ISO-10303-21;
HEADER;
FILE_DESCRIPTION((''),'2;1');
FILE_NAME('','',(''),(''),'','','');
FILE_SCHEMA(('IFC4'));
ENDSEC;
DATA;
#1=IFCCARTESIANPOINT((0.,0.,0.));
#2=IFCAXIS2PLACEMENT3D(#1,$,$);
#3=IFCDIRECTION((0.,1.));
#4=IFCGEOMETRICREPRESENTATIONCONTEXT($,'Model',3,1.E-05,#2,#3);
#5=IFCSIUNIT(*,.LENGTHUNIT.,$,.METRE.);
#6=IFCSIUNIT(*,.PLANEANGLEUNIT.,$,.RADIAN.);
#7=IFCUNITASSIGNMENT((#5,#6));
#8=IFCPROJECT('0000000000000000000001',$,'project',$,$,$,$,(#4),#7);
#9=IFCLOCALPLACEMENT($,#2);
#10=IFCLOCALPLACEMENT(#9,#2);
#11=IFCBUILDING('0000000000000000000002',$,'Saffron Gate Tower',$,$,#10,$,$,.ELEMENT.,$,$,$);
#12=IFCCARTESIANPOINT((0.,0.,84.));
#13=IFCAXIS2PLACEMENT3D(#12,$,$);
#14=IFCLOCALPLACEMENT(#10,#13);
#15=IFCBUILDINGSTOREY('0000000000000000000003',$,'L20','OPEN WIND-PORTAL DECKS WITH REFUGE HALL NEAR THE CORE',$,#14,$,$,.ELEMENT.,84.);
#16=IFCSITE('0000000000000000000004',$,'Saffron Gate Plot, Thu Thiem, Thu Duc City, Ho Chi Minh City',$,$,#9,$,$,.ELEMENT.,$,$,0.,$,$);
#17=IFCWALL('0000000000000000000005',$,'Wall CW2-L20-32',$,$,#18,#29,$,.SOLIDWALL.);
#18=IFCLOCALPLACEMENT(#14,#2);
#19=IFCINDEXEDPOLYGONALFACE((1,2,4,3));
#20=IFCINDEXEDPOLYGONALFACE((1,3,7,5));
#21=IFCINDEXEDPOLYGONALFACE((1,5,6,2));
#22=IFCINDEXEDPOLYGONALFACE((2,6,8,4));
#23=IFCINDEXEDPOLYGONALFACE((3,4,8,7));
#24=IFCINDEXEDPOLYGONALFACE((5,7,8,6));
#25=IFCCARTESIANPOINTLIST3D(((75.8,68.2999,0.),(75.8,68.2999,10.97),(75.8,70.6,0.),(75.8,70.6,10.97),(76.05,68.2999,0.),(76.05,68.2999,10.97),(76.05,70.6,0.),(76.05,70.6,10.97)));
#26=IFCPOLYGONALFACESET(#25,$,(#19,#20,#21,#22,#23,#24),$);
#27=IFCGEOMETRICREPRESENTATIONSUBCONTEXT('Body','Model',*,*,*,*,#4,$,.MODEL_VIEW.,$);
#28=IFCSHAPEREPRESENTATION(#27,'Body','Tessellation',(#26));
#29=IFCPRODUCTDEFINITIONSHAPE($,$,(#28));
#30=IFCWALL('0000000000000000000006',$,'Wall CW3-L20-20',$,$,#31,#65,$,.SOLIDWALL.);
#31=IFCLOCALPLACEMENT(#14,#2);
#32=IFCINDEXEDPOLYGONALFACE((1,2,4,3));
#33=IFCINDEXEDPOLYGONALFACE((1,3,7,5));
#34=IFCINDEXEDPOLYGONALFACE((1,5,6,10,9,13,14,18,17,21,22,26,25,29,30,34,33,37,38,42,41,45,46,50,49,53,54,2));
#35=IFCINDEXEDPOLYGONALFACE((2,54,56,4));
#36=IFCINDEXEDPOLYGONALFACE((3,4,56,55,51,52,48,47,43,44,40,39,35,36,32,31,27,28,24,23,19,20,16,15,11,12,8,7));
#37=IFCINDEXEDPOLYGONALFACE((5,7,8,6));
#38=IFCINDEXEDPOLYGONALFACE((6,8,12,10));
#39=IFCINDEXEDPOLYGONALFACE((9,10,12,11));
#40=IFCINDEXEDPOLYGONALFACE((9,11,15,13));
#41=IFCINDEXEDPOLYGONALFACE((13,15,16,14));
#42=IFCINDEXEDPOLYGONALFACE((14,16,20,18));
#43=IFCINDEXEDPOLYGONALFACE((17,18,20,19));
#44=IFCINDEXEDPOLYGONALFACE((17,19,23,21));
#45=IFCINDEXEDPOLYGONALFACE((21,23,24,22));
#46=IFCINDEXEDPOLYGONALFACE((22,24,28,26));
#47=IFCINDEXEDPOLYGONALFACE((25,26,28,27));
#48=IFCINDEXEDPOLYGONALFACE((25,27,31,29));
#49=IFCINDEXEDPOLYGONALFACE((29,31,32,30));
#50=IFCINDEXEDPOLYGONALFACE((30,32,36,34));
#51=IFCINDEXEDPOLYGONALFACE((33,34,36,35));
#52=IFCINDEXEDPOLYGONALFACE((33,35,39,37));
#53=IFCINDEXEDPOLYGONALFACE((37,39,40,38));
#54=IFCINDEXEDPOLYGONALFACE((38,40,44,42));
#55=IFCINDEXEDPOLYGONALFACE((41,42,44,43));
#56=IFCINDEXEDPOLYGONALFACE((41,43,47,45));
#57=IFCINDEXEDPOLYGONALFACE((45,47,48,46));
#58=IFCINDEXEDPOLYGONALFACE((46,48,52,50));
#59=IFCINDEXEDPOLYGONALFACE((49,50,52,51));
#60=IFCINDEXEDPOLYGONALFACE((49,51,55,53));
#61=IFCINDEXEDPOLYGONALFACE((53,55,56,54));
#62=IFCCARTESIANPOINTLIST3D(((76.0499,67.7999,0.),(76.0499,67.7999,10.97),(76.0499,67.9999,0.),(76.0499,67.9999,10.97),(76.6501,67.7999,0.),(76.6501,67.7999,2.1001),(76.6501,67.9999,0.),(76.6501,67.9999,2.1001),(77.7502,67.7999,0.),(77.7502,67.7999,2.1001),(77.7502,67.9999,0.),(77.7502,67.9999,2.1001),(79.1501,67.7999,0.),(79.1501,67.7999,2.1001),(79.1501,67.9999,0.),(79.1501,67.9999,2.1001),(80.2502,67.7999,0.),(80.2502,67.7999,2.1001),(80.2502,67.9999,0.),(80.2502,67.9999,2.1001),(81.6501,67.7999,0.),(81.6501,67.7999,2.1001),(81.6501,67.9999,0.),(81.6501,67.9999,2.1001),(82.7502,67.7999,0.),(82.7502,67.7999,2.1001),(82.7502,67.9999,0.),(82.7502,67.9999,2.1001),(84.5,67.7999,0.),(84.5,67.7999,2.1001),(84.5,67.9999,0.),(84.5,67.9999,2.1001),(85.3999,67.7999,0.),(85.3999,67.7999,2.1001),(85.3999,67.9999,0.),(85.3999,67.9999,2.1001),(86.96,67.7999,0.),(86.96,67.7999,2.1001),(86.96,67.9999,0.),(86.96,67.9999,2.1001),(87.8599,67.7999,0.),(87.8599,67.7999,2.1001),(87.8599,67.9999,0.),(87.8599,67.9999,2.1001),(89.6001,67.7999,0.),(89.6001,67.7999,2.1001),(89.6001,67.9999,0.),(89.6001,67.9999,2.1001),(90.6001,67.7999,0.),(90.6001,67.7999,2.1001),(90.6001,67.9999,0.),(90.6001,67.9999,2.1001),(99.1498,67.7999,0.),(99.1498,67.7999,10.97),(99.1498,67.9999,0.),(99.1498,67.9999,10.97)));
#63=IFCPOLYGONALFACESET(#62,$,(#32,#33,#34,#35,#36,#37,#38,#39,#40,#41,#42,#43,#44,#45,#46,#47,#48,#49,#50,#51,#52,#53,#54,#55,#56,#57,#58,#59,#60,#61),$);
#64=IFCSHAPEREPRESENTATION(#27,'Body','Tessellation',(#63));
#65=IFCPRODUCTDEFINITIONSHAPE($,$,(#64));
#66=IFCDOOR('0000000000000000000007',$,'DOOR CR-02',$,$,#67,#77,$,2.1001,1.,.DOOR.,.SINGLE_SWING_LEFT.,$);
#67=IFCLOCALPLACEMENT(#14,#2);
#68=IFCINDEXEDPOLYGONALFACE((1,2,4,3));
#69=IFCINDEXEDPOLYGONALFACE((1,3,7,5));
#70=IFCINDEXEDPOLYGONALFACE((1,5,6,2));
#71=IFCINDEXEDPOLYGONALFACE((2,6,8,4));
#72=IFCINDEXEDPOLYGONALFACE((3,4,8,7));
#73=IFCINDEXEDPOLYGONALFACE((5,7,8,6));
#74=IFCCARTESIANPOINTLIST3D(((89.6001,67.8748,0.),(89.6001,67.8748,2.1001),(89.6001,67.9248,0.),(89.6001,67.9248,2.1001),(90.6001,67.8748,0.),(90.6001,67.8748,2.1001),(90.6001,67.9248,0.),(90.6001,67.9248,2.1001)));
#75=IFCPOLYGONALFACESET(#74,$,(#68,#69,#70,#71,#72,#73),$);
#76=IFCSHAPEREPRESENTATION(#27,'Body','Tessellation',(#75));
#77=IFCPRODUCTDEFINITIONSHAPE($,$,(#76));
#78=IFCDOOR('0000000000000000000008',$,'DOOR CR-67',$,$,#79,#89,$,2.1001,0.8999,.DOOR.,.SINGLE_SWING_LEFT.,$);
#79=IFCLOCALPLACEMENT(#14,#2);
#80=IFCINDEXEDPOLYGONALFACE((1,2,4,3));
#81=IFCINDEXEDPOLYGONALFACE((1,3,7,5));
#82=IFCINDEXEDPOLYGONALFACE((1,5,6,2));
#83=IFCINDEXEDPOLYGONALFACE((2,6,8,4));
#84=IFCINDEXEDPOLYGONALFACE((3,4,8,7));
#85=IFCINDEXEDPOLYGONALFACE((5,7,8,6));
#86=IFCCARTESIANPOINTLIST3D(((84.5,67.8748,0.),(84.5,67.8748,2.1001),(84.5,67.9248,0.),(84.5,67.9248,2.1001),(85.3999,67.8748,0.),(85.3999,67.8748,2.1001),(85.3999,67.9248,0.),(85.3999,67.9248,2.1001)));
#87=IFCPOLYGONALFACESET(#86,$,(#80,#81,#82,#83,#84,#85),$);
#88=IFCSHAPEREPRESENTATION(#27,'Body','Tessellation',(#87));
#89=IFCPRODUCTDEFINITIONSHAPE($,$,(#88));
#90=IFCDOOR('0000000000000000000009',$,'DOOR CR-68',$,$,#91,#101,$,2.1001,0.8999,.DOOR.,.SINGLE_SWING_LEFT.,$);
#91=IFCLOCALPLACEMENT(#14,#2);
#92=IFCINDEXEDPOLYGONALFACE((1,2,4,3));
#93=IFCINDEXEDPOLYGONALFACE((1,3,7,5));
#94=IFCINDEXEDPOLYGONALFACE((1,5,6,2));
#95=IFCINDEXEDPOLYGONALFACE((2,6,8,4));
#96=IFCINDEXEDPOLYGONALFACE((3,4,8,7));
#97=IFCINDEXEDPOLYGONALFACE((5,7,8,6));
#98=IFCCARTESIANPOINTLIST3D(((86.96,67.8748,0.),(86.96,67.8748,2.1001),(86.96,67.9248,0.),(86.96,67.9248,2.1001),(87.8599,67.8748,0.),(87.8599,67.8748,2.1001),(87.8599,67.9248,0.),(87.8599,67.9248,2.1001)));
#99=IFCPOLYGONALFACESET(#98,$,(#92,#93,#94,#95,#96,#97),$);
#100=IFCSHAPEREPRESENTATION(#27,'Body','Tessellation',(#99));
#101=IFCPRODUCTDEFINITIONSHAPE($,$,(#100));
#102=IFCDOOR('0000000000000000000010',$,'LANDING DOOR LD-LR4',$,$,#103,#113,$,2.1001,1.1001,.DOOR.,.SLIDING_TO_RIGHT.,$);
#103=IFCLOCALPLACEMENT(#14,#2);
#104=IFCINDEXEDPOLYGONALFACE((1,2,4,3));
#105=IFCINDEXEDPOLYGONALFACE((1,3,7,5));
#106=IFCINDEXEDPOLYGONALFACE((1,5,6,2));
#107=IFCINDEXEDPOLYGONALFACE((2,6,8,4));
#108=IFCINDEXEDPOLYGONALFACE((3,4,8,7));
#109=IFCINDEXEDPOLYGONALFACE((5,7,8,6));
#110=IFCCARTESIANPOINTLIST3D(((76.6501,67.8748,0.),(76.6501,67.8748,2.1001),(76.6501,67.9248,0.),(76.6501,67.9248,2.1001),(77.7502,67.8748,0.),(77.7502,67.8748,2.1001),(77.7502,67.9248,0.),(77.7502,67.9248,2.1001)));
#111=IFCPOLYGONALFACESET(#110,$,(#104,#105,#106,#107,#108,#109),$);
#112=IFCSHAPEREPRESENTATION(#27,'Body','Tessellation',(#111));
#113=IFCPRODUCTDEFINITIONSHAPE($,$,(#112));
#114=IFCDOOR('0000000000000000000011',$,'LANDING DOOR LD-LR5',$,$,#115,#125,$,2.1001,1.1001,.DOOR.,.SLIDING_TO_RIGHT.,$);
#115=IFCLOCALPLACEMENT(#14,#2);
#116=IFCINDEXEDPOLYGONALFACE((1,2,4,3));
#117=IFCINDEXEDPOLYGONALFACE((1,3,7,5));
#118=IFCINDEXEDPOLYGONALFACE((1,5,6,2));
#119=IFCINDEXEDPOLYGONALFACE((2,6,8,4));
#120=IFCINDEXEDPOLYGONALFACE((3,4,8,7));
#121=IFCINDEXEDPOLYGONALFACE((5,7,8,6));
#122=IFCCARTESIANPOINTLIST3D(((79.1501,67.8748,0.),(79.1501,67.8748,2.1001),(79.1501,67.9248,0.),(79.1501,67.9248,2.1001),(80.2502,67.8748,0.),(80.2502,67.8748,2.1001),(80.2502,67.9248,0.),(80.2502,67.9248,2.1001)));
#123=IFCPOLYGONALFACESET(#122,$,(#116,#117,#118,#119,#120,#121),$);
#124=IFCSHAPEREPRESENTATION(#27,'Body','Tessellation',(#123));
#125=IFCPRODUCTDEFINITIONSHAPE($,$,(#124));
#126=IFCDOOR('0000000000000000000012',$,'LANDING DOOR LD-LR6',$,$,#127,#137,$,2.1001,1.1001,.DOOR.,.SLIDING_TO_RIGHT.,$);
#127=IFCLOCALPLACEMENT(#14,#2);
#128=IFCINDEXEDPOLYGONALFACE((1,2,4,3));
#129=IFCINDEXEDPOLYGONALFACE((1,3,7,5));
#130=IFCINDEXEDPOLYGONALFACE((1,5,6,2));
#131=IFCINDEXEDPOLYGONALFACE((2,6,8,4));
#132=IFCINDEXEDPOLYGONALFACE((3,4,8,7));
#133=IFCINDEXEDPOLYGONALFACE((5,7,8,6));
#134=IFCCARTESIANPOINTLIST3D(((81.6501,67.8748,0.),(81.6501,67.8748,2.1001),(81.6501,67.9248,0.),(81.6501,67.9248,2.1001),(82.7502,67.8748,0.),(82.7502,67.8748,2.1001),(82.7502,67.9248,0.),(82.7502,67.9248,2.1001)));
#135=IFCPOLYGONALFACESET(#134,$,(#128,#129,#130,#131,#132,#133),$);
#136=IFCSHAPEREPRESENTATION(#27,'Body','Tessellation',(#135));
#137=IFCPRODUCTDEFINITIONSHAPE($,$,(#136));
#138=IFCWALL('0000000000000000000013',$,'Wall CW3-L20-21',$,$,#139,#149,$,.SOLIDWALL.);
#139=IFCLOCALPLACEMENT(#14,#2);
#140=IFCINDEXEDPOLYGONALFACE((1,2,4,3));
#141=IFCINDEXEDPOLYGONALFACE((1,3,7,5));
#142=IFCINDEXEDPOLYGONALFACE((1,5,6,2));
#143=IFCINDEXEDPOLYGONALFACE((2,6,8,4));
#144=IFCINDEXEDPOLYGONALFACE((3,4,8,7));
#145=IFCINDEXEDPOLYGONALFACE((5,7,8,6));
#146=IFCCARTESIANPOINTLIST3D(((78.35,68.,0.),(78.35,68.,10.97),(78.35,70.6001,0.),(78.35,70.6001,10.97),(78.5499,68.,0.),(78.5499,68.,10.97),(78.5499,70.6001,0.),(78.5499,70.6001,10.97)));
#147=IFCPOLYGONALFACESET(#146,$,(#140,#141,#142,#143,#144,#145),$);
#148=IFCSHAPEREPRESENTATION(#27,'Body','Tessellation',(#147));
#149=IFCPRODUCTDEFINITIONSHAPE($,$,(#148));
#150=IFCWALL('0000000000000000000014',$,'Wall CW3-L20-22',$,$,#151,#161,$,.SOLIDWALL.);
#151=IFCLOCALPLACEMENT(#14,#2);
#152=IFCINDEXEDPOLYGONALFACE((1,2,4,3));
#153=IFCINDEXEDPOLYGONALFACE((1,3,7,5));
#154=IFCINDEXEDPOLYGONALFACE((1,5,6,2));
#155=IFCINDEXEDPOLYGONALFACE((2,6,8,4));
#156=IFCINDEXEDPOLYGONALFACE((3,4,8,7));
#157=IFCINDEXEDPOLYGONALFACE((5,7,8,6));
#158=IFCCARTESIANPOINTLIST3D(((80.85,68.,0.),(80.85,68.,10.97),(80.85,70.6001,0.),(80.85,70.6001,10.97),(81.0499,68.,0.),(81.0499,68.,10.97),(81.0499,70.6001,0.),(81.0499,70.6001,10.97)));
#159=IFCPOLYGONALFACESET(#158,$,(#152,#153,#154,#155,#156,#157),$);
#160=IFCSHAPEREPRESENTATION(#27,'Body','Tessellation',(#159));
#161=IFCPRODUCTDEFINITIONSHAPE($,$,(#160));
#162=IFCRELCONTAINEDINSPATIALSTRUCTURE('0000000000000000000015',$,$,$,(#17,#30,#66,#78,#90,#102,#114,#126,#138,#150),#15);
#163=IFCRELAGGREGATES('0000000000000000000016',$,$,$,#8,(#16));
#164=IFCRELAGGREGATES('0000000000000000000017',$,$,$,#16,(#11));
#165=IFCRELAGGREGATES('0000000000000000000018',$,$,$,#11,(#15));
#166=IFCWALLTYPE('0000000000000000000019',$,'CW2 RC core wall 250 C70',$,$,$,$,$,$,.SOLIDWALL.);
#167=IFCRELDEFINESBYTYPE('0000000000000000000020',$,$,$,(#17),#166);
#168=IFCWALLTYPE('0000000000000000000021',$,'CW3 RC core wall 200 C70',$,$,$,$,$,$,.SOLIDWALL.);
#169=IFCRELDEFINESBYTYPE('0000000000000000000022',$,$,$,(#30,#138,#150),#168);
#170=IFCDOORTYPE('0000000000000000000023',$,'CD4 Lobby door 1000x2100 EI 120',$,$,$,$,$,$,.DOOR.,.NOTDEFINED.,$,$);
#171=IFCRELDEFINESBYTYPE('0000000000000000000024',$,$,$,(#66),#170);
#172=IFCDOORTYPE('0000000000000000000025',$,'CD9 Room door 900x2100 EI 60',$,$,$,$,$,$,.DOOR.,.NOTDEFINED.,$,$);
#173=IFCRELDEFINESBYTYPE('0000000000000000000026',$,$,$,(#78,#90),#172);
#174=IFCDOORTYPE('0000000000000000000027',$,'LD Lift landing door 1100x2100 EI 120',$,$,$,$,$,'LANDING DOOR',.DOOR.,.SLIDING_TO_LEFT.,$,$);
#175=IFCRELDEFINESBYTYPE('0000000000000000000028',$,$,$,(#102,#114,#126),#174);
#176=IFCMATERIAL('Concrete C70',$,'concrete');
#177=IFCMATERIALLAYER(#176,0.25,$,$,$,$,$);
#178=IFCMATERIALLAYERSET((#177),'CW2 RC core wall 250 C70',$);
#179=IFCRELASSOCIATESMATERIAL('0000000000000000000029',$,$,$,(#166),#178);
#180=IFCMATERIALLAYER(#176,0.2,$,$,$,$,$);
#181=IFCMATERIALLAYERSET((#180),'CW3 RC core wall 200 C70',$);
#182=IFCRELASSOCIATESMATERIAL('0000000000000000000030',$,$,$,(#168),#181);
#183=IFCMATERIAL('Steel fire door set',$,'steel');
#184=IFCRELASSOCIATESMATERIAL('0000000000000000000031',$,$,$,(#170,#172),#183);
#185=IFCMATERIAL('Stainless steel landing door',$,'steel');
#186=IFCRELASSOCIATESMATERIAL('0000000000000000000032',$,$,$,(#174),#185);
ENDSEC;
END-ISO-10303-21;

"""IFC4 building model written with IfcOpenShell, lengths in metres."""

from ifc_helpers import new_model, si_unit, direction, frame, frame_2d, origin, place, context, subcontext, project, spatial, rectangle, extrude, material, layer, layer_set, type_object, element, fill, save


model = new_model("IFC4")

# Units and contexts
model_context = context("Model", 3, precision=1e-05, world=origin(), true_north=direction((0.0, 1.0)))
body_context = subcontext(model_context, "Body", "Model", "MODEL_VIEW")
ifc_project = project(units=[si_unit("LENGTHUNIT", "METRE"), si_unit("PLANEANGLEUNIT", "RADIAN")], contexts=[model_context])

# Site, building, storey
site_placement = place(None, origin())
site = spatial("IfcSite", under=ifc_project, at=site_placement, Name="Saffron Gate Plot, Thu Thiem, Thu Duc City, Ho Chi Minh City", CompositionType="ELEMENT", RefElevation=0.0)
building_placement = place(site_placement, origin())
building = spatial("IfcBuilding", under=site, at=building_placement, Name="Saffron Gate Tower", CompositionType="ELEMENT")
storey_placement = place(building_placement, frame((0.0, 0.0, 84.0)))
storey = spatial("IfcBuildingStorey", under=building, at=storey_placement, Name="L20", Description="OPEN WIND-PORTAL DECKS WITH REFUGE HALL NEAR THE CORE", CompositionType="ELEMENT", Elevation=84.0)

# Wall
ifc_material_1 = material(Name="Concrete C70", Category="concrete")
ifc_layer_1 = layer(ifc_material_1, 0.25)
ifc_layer_set_1 = layer_set([ifc_layer_1], Name="CW2 RC core wall 250 C70")
wall_type_1 = type_object("IfcWallType", Name="CW2 RC core wall 250 C70", PredefinedType="SOLIDWALL", material=ifc_layer_set_1)
wall_1_placement = place(storey_placement, frame((75.925, 68.3, 0.0), z_axis=(0.0, 0.0, 1.0), x_axis=(0.0, 1.0, 0.0)))
element("IfcWall", 1, at=wall_1_placement, inside=storey, type_object=wall_type_1, Name="Wall CW2-L20-32", PredefinedType="SOLIDWALL", context=body_context, shape_type="SweptSolid", body=[
    extrude(rectangle(XDim=2.3, YDim=0.25, at=frame_2d((1.1499, 0.0))), origin(), (0.0, 0.0, 1.0), 10.97),
])

# Wall, openings, doors
ifc_layer_2 = layer(ifc_material_1, 0.2)
ifc_layer_set_2 = layer_set([ifc_layer_2], Name="CW3 RC core wall 200 C70")
wall_type_2 = type_object("IfcWallType", Name="CW3 RC core wall 200 C70", PredefinedType="SOLIDWALL", material=ifc_layer_set_2)
wall_2_placement = place(storey_placement, frame((76.05, 67.8999, 0.0), z_axis=(0.0, 0.0, 1.0), x_axis=(1.0, 0.0, 0.0)))
wall_2 = element("IfcWall", 2, at=wall_2_placement, inside=storey, type_object=wall_type_2, Name="Wall CW3-L20-20", PredefinedType="SOLIDWALL", context=body_context, shape_type="SweptSolid", body=[
    extrude(rectangle(XDim=23.0999, YDim=0.2, at=frame_2d((11.5498, 0.0))), origin(), (0.0, 0.0, 1.0), 10.97),
])
opening_1_placement = place(wall_2_placement, frame((0.6001, 0.0, 0.0)))
opening_1 = element("IfcOpeningElement", 3, at=opening_1_placement, cuts=wall_2, PredefinedType="OPENING", context=body_context, shape_type="SweptSolid", body=[
    extrude(rectangle(XDim=1.1001, YDim=2.1001, at=frame_2d((0.55, 1.05))), frame((0.0, 0.1099, 0.0), z_axis=(0.0, -1.0, 0.0), x_axis=(1.0, 0.0, 0.0)), (0.0, 0.0, 1.0), 0.22),
])
opening_2_placement = place(wall_2_placement, frame((3.1001, 0.0, 0.0)))
opening_2 = element("IfcOpeningElement", 4, at=opening_2_placement, cuts=wall_2, PredefinedType="OPENING", context=body_context, shape_type="SweptSolid", body=[
    extrude(rectangle(XDim=1.1001, YDim=2.1001, at=frame_2d((0.55, 1.05))), frame((0.0, 0.1099, 0.0), z_axis=(0.0, -1.0, 0.0), x_axis=(1.0, 0.0, 0.0)), (0.0, 0.0, 1.0), 0.22),
])
opening_3_placement = place(wall_2_placement, frame((5.6001, 0.0, 0.0)))
opening_3 = element("IfcOpeningElement", 5, at=opening_3_placement, cuts=wall_2, PredefinedType="OPENING", context=body_context, shape_type="SweptSolid", body=[
    extrude(rectangle(XDim=1.1001, YDim=2.1001, at=frame_2d((0.55, 1.05))), frame((0.0, 0.1099, 0.0), z_axis=(0.0, -1.0, 0.0), x_axis=(1.0, 0.0, 0.0)), (0.0, 0.0, 1.0), 0.22),
])
opening_4_placement = place(wall_2_placement, frame((8.45, 0.0, 0.0)))
opening_4 = element("IfcOpeningElement", 6, at=opening_4_placement, cuts=wall_2, PredefinedType="OPENING", context=body_context, shape_type="SweptSolid", body=[
    extrude(rectangle(XDim=0.8999, YDim=2.1001, at=frame_2d((0.45, 1.05))), frame((0.0, 0.1099, 0.0), z_axis=(0.0, -1.0, 0.0), x_axis=(1.0, 0.0, 0.0)), (0.0, 0.0, 1.0), 0.22),
])
opening_5_placement = place(wall_2_placement, frame((10.9099, 0.0, 0.0)))
opening_5 = element("IfcOpeningElement", 7, at=opening_5_placement, cuts=wall_2, PredefinedType="OPENING", context=body_context, shape_type="SweptSolid", body=[
    extrude(rectangle(XDim=0.8999, YDim=2.1001, at=frame_2d((0.45, 1.05))), frame((0.0, 0.1099, 0.0), z_axis=(0.0, -1.0, 0.0), x_axis=(1.0, 0.0, 0.0)), (0.0, 0.0, 1.0), 0.22),
])
opening_6_placement = place(wall_2_placement, frame((13.55, 0.0, 0.0)))
opening_6 = element("IfcOpeningElement", 8, at=opening_6_placement, cuts=wall_2, PredefinedType="OPENING", context=body_context, shape_type="SweptSolid", body=[
    extrude(rectangle(XDim=1.0, YDim=2.1001, at=frame_2d((0.5, 1.05))), frame((0.0, 0.1099, 0.0), z_axis=(0.0, -1.0, 0.0), x_axis=(1.0, 0.0, 0.0)), (0.0, 0.0, 1.0), 0.22),
])
ifc_material_2 = material(Name="Steel fire door set", Category="steel")
door_type_1 = type_object("IfcDoorType", Name="CD4 Lobby door 1000x2100 EI 120", OperationType="NOTDEFINED", PredefinedType="DOOR", material=ifc_material_2)
door_1_placement = place(opening_6_placement, origin())
door_1 = element("IfcDoor", 9, at=door_1_placement, inside=storey, type_object=door_type_1, Name="DOOR CR-02", OperationType="SINGLE_SWING_LEFT", OverallHeight=2.1001, OverallWidth=1.0, PredefinedType="DOOR", context=body_context, shape_type="SweptSolid", body=[
    extrude(rectangle(XDim=1.0, YDim=2.1001, at=frame_2d((0.5, 1.05))), frame((0.0, 0.0249, 0.0), z_axis=(0.0, -1.0, 0.0), x_axis=(1.0, 0.0, 0.0)), (0.0, 0.0, 1.0), 0.05),
])
fill(opening_6, door_1)
door_type_2 = type_object("IfcDoorType", Name="CD9 Room door 900x2100 EI 60", OperationType="NOTDEFINED", PredefinedType="DOOR", material=ifc_material_2)
door_2_placement = place(opening_4_placement, origin())
door_2 = element("IfcDoor", 10, at=door_2_placement, inside=storey, type_object=door_type_2, Name="DOOR CR-67", OperationType="SINGLE_SWING_LEFT", OverallHeight=2.1001, OverallWidth=0.8999, PredefinedType="DOOR", context=body_context, shape_type="SweptSolid", body=[
    extrude(rectangle(XDim=0.8999, YDim=2.1001, at=frame_2d((0.45, 1.05))), frame((0.0, 0.0249, 0.0), z_axis=(0.0, -1.0, 0.0), x_axis=(1.0, 0.0, 0.0)), (0.0, 0.0, 1.0), 0.05),
])
fill(opening_4, door_2)
door_3_placement = place(opening_5_placement, origin())
door_3 = element("IfcDoor", 11, at=door_3_placement, inside=storey, type_object=door_type_2, Name="DOOR CR-68", OperationType="SINGLE_SWING_LEFT", OverallHeight=2.1001, OverallWidth=0.8999, PredefinedType="DOOR", context=body_context, shape_type="SweptSolid", body=[
    extrude(rectangle(XDim=0.8999, YDim=2.1001, at=frame_2d((0.45, 1.05))), frame((0.0, 0.0249, 0.0), z_axis=(0.0, -1.0, 0.0), x_axis=(1.0, 0.0, 0.0)), (0.0, 0.0, 1.0), 0.05),
])
fill(opening_5, door_3)
ifc_material_3 = material(Name="Stainless steel landing door", Category="steel")
door_type_3 = type_object("IfcDoorType", Name="LD Lift landing door 1100x2100 EI 120", ElementType="LANDING DOOR", OperationType="SLIDING_TO_LEFT", PredefinedType="DOOR", material=ifc_material_3)
door_4_placement = place(opening_1_placement, origin())
door_4 = element("IfcDoor", 12, at=door_4_placement, inside=storey, type_object=door_type_3, Name="LANDING DOOR LD-LR4", OperationType="SLIDING_TO_RIGHT", OverallHeight=2.1001, OverallWidth=1.1001, PredefinedType="DOOR", context=body_context, shape_type="SweptSolid", body=[
    extrude(rectangle(XDim=1.1001, YDim=2.1001, at=frame_2d((0.55, 1.05))), frame((0.0, 0.0249, 0.0), z_axis=(0.0, -1.0, 0.0), x_axis=(1.0, 0.0, 0.0)), (0.0, 0.0, 1.0), 0.05),
])
fill(opening_1, door_4)
door_5_placement = place(opening_2_placement, origin())
door_5 = element("IfcDoor", 13, at=door_5_placement, inside=storey, type_object=door_type_3, Name="LANDING DOOR LD-LR5", OperationType="SLIDING_TO_RIGHT", OverallHeight=2.1001, OverallWidth=1.1001, PredefinedType="DOOR", context=body_context, shape_type="SweptSolid", body=[
    extrude(rectangle(XDim=1.1001, YDim=2.1001, at=frame_2d((0.55, 1.05))), frame((0.0, 0.0249, 0.0), z_axis=(0.0, -1.0, 0.0), x_axis=(1.0, 0.0, 0.0)), (0.0, 0.0, 1.0), 0.05),
])
fill(opening_2, door_5)
door_6_placement = place(opening_3_placement, origin())
door_6 = element("IfcDoor", 14, at=door_6_placement, inside=storey, type_object=door_type_3, Name="LANDING DOOR LD-LR6", OperationType="SLIDING_TO_RIGHT", OverallHeight=2.1001, OverallWidth=1.1001, PredefinedType="DOOR", context=body_context, shape_type="SweptSolid", body=[
    extrude(rectangle(XDim=1.1001, YDim=2.1001, at=frame_2d((0.55, 1.05))), frame((0.0, 0.0249, 0.0), z_axis=(0.0, -1.0, 0.0), x_axis=(1.0, 0.0, 0.0)), (0.0, 0.0, 1.0), 0.05),
])
fill(opening_3, door_6)

# Walls
for number, where, z_axis, x_axis, name in (
    (15, (78.45, 68.0, 0.0), (0.0, 0.0, 1.0), (0.0, 1.0, 0.0), "Wall CW3-L20-21"),
    (16, (80.95, 68.0, 0.0), (0.0, 0.0, 1.0), (0.0, 1.0, 0.0), "Wall CW3-L20-22"),
):
    element("IfcWall", number, at=place(storey_placement, frame(where, z_axis=z_axis, x_axis=x_axis)), inside=storey, type_object=wall_type_2, Name=name, PredefinedType="SOLIDWALL", context=body_context, shape_type="SweptSolid", body=[
        extrude(rectangle(XDim=2.6001, YDim=0.2, at=frame_2d((1.3, 0.0))), origin(), (0.0, 0.0, 1.0), 10.97),
    ])

save(model, "model.ifc")
